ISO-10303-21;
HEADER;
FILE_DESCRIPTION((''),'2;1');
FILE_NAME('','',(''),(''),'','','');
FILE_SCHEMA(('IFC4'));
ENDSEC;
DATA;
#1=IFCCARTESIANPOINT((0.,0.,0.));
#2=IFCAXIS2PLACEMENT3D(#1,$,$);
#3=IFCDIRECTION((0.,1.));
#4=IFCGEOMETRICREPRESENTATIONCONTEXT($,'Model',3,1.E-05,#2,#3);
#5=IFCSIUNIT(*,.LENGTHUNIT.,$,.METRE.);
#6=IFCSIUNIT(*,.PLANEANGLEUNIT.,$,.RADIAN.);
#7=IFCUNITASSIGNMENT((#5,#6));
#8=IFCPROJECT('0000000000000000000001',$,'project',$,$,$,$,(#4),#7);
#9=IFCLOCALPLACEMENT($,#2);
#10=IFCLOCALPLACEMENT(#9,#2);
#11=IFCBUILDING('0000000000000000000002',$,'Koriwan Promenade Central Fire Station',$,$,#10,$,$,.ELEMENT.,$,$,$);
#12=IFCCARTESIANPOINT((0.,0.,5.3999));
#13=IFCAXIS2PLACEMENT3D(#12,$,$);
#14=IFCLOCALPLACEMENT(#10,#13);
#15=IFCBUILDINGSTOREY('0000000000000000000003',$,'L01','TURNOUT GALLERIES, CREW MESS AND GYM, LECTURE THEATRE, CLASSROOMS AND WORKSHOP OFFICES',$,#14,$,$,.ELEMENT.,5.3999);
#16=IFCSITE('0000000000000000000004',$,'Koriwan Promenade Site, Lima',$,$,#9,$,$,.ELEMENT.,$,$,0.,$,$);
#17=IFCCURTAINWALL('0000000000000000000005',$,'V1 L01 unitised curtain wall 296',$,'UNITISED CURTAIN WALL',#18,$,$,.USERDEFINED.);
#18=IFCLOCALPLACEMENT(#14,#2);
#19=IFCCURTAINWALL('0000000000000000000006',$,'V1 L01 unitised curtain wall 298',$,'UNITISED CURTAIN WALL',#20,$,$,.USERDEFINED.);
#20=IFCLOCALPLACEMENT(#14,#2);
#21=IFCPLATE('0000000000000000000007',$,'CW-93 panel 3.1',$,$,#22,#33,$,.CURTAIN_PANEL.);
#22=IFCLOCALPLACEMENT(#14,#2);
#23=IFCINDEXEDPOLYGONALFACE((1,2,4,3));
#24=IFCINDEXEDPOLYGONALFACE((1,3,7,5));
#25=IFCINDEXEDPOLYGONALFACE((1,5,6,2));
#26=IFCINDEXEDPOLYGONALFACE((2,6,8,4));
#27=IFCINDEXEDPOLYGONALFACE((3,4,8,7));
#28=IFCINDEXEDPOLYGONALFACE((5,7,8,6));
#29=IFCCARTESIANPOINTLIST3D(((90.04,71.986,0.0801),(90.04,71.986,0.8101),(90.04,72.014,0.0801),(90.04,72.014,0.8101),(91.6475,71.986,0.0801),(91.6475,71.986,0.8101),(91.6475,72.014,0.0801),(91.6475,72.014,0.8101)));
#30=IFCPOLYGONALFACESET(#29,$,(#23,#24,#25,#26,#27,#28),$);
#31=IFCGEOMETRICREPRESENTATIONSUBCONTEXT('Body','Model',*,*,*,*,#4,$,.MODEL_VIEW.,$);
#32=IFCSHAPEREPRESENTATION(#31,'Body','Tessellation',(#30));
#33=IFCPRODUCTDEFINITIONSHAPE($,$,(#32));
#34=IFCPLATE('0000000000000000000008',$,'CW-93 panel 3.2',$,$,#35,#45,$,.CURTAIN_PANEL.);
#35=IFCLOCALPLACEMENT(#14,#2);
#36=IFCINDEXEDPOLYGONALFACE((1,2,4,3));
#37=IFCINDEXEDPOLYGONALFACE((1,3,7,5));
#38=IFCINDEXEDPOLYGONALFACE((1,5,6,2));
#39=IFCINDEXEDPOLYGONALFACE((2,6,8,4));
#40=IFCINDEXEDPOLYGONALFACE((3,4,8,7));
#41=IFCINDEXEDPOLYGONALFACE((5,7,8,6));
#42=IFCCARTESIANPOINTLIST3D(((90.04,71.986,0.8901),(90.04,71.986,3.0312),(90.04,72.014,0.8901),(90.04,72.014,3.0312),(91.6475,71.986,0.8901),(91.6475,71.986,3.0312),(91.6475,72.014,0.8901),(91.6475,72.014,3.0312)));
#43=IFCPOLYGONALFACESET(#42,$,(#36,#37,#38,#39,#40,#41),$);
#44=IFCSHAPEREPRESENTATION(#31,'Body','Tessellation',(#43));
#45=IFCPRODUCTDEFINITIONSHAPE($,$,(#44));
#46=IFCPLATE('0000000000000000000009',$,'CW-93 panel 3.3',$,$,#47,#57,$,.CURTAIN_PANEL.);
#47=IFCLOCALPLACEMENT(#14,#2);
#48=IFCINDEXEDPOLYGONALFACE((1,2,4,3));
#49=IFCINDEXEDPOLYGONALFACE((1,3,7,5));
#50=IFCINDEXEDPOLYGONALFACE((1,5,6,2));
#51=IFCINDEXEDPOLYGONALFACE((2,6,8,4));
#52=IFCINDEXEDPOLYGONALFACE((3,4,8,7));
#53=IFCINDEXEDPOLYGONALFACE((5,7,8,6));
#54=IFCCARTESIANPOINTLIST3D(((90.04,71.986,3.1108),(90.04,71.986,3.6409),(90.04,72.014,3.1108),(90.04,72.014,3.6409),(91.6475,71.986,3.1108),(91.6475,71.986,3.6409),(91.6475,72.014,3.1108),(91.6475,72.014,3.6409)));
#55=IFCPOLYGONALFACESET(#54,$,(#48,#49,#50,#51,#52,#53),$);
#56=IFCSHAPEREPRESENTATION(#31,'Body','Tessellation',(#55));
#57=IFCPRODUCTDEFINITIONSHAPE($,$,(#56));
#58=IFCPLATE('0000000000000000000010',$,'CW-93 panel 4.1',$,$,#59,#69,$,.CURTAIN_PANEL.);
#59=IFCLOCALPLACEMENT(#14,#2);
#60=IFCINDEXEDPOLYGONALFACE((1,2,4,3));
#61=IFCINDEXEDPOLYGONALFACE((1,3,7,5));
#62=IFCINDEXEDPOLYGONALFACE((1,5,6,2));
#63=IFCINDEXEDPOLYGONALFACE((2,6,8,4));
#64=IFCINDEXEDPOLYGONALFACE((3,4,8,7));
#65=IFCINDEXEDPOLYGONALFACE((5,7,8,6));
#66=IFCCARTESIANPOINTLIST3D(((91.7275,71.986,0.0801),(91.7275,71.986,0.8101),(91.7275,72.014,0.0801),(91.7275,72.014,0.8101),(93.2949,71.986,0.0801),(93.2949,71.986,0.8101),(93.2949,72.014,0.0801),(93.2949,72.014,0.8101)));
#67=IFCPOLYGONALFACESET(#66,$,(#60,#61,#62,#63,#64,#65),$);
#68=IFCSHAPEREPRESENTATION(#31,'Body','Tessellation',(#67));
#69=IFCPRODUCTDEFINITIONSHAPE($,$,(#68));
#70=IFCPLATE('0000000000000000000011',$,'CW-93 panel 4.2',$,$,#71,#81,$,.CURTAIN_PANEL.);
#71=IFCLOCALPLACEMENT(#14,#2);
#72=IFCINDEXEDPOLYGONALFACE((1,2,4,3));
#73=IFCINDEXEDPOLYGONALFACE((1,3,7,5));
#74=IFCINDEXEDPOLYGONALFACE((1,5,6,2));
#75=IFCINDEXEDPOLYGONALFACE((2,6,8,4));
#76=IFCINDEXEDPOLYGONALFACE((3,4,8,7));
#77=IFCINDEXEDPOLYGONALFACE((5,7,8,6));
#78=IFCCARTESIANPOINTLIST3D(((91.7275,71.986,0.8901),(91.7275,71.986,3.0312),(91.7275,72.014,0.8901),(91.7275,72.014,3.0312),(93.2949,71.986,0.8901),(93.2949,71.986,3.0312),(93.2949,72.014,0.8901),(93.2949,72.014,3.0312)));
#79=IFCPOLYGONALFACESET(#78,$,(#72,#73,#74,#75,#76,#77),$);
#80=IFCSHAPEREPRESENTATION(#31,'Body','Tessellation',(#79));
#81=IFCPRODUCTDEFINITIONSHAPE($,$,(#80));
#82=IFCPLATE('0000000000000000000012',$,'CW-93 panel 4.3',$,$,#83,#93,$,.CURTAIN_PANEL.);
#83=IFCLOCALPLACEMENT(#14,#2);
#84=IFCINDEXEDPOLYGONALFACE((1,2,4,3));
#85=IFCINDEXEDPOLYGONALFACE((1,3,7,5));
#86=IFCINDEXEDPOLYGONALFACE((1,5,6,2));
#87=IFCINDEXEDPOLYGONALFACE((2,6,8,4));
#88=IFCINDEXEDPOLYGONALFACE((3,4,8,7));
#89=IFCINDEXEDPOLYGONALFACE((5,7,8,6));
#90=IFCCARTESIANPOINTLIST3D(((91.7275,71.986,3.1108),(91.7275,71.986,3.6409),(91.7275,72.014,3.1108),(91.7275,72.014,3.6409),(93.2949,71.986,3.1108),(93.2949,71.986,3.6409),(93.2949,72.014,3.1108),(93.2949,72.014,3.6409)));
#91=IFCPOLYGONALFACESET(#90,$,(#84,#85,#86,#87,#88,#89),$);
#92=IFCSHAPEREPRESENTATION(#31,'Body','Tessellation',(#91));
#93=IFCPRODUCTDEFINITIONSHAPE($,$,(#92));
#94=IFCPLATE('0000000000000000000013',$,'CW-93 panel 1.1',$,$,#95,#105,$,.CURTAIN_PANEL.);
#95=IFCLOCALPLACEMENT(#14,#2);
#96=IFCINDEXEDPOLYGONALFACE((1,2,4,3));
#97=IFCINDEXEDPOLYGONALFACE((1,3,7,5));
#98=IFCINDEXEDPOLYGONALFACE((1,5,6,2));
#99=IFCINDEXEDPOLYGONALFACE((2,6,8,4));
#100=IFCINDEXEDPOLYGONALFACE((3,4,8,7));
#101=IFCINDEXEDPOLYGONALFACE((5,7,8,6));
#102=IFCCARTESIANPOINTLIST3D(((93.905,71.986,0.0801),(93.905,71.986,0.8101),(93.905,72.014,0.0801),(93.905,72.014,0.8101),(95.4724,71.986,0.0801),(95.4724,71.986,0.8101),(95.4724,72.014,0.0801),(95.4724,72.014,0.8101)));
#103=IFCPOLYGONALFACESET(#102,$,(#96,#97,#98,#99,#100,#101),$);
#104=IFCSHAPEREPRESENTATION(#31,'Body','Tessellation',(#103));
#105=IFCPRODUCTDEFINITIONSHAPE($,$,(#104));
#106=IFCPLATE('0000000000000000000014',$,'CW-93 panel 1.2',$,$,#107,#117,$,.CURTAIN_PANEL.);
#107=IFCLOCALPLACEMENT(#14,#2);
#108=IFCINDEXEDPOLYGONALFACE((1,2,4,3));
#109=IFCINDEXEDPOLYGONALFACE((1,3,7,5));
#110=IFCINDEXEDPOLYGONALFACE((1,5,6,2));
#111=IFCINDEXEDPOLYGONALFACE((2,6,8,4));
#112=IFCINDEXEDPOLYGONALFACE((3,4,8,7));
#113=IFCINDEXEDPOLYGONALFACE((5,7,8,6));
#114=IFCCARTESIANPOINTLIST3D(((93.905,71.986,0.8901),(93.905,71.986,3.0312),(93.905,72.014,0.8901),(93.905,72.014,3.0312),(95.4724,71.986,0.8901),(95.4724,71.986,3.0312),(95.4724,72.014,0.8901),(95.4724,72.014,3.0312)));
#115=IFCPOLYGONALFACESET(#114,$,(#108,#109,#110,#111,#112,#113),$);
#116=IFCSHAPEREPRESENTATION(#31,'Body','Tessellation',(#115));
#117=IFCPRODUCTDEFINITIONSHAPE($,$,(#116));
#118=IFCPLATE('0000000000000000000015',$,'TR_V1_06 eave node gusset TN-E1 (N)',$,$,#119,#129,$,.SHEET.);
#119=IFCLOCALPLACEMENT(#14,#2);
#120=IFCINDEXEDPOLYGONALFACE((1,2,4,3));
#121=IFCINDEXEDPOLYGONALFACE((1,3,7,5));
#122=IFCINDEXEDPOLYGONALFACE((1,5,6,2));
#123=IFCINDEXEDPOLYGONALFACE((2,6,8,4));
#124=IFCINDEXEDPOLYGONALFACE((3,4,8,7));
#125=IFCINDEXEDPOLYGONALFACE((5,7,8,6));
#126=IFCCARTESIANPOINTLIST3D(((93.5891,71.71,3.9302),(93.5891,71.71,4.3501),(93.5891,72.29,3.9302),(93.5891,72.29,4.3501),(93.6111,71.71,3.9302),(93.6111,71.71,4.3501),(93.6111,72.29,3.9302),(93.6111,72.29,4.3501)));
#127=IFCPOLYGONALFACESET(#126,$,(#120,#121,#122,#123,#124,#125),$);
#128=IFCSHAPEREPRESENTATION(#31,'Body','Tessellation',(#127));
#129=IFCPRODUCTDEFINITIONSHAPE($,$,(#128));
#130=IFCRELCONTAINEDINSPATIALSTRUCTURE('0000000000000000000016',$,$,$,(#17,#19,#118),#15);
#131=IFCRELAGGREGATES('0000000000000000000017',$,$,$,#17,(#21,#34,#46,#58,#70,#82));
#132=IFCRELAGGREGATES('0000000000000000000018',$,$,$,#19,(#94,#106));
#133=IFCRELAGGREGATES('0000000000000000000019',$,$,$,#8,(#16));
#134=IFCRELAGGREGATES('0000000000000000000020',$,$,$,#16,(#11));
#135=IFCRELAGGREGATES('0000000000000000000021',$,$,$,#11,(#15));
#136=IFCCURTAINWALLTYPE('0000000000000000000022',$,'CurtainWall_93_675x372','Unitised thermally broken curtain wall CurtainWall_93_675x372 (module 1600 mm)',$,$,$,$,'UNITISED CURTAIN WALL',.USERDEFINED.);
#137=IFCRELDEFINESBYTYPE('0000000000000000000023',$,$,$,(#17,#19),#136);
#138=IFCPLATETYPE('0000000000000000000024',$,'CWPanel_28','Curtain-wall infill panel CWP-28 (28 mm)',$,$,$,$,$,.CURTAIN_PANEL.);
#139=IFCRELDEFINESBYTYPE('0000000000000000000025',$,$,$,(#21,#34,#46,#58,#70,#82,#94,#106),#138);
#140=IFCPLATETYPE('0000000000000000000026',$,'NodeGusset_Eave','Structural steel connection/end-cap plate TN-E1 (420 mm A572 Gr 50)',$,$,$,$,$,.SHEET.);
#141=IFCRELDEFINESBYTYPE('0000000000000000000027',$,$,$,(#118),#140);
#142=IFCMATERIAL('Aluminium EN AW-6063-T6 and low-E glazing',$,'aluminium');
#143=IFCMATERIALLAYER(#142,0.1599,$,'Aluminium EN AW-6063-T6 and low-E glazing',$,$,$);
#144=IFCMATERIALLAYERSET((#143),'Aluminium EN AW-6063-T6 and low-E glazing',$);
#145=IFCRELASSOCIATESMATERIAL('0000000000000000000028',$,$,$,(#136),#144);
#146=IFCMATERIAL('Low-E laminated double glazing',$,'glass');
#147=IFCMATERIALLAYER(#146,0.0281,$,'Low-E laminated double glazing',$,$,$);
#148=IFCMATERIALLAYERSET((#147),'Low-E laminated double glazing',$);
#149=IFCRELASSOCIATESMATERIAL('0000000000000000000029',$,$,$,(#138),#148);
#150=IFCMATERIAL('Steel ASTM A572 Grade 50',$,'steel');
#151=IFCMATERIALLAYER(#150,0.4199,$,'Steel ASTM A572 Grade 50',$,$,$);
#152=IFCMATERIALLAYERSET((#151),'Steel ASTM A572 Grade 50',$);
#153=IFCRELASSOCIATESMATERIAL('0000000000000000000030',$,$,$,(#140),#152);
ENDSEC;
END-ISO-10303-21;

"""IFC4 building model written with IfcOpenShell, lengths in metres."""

from ifc_helpers import new_model, si_unit, direction, frame, origin, origin_2d, place, context, subcontext, project, spatial, rectangle, extrude, material, layer, layer_set, type_object, element, aggregate, save


model = new_model("IFC4")

# Units and contexts
model_context = context("Model", 3, precision=1e-05, world=origin(), true_north=direction((0.0, 1.0)))
body_context = subcontext(model_context, "Body", "Model", "MODEL_VIEW")
ifc_project = project(units=[si_unit("LENGTHUNIT", "METRE"), si_unit("PLANEANGLEUNIT", "RADIAN")], contexts=[model_context])

# Site, building, storey
site_placement = place(None, origin())
site = spatial("IfcSite", under=ifc_project, at=site_placement, Name="Koriwan Promenade Site, Lima", CompositionType="ELEMENT", RefElevation=0.0)
building_placement = place(site_placement, origin())
building = spatial("IfcBuilding", under=site, at=building_placement, Name="Koriwan Promenade Central Fire Station", CompositionType="ELEMENT")
storey_placement = place(building_placement, frame((0.0, 0.0, 5.3999)))
storey = spatial("IfcBuildingStorey", under=building, at=storey_placement, Name="L01", Description="TURNOUT GALLERIES, CREW MESS AND GYM, LECTURE THEATRE, CLASSROOMS AND WORKSHOP OFFICES", CompositionType="ELEMENT", Elevation=5.3999)

# Curtain wall
ifc_material_1 = material(Name="Aluminium EN AW-6063-T6 and low-E glazing", Category="aluminium")
ifc_layer_1 = layer(ifc_material_1, 0.1599, Name="Aluminium EN AW-6063-T6 and low-E glazing")
ifc_layer_set_1 = layer_set([ifc_layer_1], Name="Aluminium EN AW-6063-T6 and low-E glazing")
curtain_wall_type = type_object("IfcCurtainWallType", Name="CurtainWall_93_675x372", Description="Unitised thermally broken curtain wall CurtainWall_93_675x372 (module 1600 mm)", ElementType="UNITISED CURTAIN WALL", PredefinedType="USERDEFINED", material=ifc_layer_set_1)
curtain_wall_1_placement = place(storey_placement, origin())
curtain_wall_1 = element("IfcCurtainWall", 1, at=curtain_wall_1_placement, inside=storey, type_object=curtain_wall_type, Name="V1 L01 unitised curtain wall 296", ObjectType="UNITISED CURTAIN WALL", PredefinedType="USERDEFINED")

# Curtain wall
curtain_wall_2_placement = place(storey_placement, origin())
curtain_wall_2 = element("IfcCurtainWall", 2, at=curtain_wall_2_placement, inside=storey, type_object=curtain_wall_type, Name="V1 L01 unitised curtain wall 298", ObjectType="UNITISED CURTAIN WALL", PredefinedType="USERDEFINED")

# Plates
ifc_material_2 = material(Name="Low-E laminated double glazing", Category="glass")
ifc_layer_2 = layer(ifc_material_2, 0.0281, Name="Low-E laminated double glazing")
ifc_layer_set_2 = layer_set([ifc_layer_2], Name="Low-E laminated double glazing")
plate_type_1 = type_object("IfcPlateType", Name="CWPanel_28", Description="Curtain-wall infill panel CWP-28 (28 mm)", PredefinedType="CURTAIN_PANEL", material=ifc_layer_set_2)
plate_1_placement = place(storey_placement, frame((90.8438, 72.0, 0.0801), z_axis=(0.0, 0.0, 1.0), x_axis=(1.0, 0.0, 0.0)))
plate_1 = element("IfcPlate", 3, at=plate_1_placement, type_object=plate_type_1, Name="CW-93 panel 3.1", PredefinedType="CURTAIN_PANEL", context=body_context, shape_type="SweptSolid", body=[
    extrude(rectangle(XDim=1.6074, YDim=0.0281, at=origin_2d()), origin(), (0.0, 0.0, 1.0), 0.73),
])
plate_2_placement = place(storey_placement, frame((90.8438, 72.0, 0.8901), z_axis=(0.0, 0.0, 1.0), x_axis=(1.0, 0.0, 0.0)))
plate_2 = element("IfcPlate", 4, at=plate_2_placement, type_object=plate_type_1, Name="CW-93 panel 3.2", PredefinedType="CURTAIN_PANEL", context=body_context, shape_type="SweptSolid", body=[
    extrude(rectangle(XDim=1.6074, YDim=0.0281, at=origin_2d()), origin(), (0.0, 0.0, 1.0), 2.1411),
])
plate_3_placement = place(storey_placement, frame((90.8438, 72.0, 3.1108), z_axis=(0.0, 0.0, 1.0), x_axis=(1.0, 0.0, 0.0)))
plate_3 = element("IfcPlate", 5, at=plate_3_placement, type_object=plate_type_1, Name="CW-93 panel 3.3", PredefinedType="CURTAIN_PANEL", context=body_context, shape_type="SweptSolid", body=[
    extrude(rectangle(XDim=1.6074, YDim=0.0281, at=origin_2d()), origin(), (0.0, 0.0, 1.0), 0.53),
])
plate_4_placement = place(storey_placement, frame((92.5112, 72.0, 0.0801), z_axis=(0.0, 0.0, 1.0), x_axis=(1.0, 0.0, 0.0)))
plate_4 = element("IfcPlate", 6, at=plate_4_placement, type_object=plate_type_1, Name="CW-93 panel 4.1", PredefinedType="CURTAIN_PANEL", context=body_context, shape_type="SweptSolid", body=[
    extrude(rectangle(XDim=1.5674, YDim=0.0281, at=origin_2d()), origin(), (0.0, 0.0, 1.0), 0.73),
])
plate_5_placement = place(storey_placement, frame((92.5112, 72.0, 0.8901), z_axis=(0.0, 0.0, 1.0), x_axis=(1.0, 0.0, 0.0)))
plate_5 = element("IfcPlate", 7, at=plate_5_placement, type_object=plate_type_1, Name="CW-93 panel 4.2", PredefinedType="CURTAIN_PANEL", context=body_context, shape_type="SweptSolid", body=[
    extrude(rectangle(XDim=1.5674, YDim=0.0281, at=origin_2d()), origin(), (0.0, 0.0, 1.0), 2.1411),
])
plate_6_placement = place(storey_placement, frame((92.5112, 72.0, 3.1108), z_axis=(0.0, 0.0, 1.0), x_axis=(1.0, 0.0, 0.0)))
plate_6 = element("IfcPlate", 8, at=plate_6_placement, type_object=plate_type_1, Name="CW-93 panel 4.3", PredefinedType="CURTAIN_PANEL", context=body_context, shape_type="SweptSolid", body=[
    extrude(rectangle(XDim=1.5674, YDim=0.0281, at=origin_2d()), origin(), (0.0, 0.0, 1.0), 0.53),
])
aggregate(curtain_wall_1, [plate_1, plate_2, plate_3, plate_4, plate_5, plate_6])
plate_7_placement = place(storey_placement, frame((94.6887, 72.0, 0.0801), z_axis=(0.0, 0.0, 1.0), x_axis=(1.0, 0.0, 0.0)))
plate_7 = element("IfcPlate", 9, at=plate_7_placement, type_object=plate_type_1, Name="CW-93 panel 1.1", PredefinedType="CURTAIN_PANEL", context=body_context, shape_type="SweptSolid", body=[
    extrude(rectangle(XDim=1.5674, YDim=0.0281, at=origin_2d()), origin(), (0.0, 0.0, 1.0), 0.73),
])
plate_8_placement = place(storey_placement, frame((94.6887, 72.0, 0.8901), z_axis=(0.0, 0.0, 1.0), x_axis=(1.0, 0.0, 0.0)))
plate_8 = element("IfcPlate", 10, at=plate_8_placement, type_object=plate_type_1, Name="CW-93 panel 1.2", PredefinedType="CURTAIN_PANEL", context=body_context, shape_type="SweptSolid", body=[
    extrude(rectangle(XDim=1.5674, YDim=0.0281, at=origin_2d()), origin(), (0.0, 0.0, 1.0), 2.1411),
])
aggregate(curtain_wall_2, [plate_7, plate_8])
ifc_material_3 = material(Name="Steel ASTM A572 Grade 50", Category="steel")
ifc_layer_3 = layer(ifc_material_3, 0.4199, Name="Steel ASTM A572 Grade 50")
ifc_layer_set_3 = layer_set([ifc_layer_3], Name="Steel ASTM A572 Grade 50")
plate_type_2 = type_object("IfcPlateType", Name="NodeGusset_Eave", Description="Structural steel connection/end-cap plate TN-E1 (420 mm A572 Gr 50)", PredefinedType="SHEET", material=ifc_layer_set_3)
plate_9_placement = place(storey_placement, frame((93.6001, 72.0, 3.9302), z_axis=(0.0, 0.0, 1.0), x_axis=(1.0, 0.0, 0.0)))
element("IfcPlate", 11, at=plate_9_placement, inside=storey, type_object=plate_type_2, Name="TR_V1_06 eave node gusset TN-E1 (N)", PredefinedType="SHEET", context=body_context, shape_type="SweptSolid", body=[
    extrude(rectangle(XDim=0.022, YDim=0.5801, at=origin_2d()), origin(), (0.0, 0.0, 1.0), 0.4199),
])

save(model, "model.ifc")
